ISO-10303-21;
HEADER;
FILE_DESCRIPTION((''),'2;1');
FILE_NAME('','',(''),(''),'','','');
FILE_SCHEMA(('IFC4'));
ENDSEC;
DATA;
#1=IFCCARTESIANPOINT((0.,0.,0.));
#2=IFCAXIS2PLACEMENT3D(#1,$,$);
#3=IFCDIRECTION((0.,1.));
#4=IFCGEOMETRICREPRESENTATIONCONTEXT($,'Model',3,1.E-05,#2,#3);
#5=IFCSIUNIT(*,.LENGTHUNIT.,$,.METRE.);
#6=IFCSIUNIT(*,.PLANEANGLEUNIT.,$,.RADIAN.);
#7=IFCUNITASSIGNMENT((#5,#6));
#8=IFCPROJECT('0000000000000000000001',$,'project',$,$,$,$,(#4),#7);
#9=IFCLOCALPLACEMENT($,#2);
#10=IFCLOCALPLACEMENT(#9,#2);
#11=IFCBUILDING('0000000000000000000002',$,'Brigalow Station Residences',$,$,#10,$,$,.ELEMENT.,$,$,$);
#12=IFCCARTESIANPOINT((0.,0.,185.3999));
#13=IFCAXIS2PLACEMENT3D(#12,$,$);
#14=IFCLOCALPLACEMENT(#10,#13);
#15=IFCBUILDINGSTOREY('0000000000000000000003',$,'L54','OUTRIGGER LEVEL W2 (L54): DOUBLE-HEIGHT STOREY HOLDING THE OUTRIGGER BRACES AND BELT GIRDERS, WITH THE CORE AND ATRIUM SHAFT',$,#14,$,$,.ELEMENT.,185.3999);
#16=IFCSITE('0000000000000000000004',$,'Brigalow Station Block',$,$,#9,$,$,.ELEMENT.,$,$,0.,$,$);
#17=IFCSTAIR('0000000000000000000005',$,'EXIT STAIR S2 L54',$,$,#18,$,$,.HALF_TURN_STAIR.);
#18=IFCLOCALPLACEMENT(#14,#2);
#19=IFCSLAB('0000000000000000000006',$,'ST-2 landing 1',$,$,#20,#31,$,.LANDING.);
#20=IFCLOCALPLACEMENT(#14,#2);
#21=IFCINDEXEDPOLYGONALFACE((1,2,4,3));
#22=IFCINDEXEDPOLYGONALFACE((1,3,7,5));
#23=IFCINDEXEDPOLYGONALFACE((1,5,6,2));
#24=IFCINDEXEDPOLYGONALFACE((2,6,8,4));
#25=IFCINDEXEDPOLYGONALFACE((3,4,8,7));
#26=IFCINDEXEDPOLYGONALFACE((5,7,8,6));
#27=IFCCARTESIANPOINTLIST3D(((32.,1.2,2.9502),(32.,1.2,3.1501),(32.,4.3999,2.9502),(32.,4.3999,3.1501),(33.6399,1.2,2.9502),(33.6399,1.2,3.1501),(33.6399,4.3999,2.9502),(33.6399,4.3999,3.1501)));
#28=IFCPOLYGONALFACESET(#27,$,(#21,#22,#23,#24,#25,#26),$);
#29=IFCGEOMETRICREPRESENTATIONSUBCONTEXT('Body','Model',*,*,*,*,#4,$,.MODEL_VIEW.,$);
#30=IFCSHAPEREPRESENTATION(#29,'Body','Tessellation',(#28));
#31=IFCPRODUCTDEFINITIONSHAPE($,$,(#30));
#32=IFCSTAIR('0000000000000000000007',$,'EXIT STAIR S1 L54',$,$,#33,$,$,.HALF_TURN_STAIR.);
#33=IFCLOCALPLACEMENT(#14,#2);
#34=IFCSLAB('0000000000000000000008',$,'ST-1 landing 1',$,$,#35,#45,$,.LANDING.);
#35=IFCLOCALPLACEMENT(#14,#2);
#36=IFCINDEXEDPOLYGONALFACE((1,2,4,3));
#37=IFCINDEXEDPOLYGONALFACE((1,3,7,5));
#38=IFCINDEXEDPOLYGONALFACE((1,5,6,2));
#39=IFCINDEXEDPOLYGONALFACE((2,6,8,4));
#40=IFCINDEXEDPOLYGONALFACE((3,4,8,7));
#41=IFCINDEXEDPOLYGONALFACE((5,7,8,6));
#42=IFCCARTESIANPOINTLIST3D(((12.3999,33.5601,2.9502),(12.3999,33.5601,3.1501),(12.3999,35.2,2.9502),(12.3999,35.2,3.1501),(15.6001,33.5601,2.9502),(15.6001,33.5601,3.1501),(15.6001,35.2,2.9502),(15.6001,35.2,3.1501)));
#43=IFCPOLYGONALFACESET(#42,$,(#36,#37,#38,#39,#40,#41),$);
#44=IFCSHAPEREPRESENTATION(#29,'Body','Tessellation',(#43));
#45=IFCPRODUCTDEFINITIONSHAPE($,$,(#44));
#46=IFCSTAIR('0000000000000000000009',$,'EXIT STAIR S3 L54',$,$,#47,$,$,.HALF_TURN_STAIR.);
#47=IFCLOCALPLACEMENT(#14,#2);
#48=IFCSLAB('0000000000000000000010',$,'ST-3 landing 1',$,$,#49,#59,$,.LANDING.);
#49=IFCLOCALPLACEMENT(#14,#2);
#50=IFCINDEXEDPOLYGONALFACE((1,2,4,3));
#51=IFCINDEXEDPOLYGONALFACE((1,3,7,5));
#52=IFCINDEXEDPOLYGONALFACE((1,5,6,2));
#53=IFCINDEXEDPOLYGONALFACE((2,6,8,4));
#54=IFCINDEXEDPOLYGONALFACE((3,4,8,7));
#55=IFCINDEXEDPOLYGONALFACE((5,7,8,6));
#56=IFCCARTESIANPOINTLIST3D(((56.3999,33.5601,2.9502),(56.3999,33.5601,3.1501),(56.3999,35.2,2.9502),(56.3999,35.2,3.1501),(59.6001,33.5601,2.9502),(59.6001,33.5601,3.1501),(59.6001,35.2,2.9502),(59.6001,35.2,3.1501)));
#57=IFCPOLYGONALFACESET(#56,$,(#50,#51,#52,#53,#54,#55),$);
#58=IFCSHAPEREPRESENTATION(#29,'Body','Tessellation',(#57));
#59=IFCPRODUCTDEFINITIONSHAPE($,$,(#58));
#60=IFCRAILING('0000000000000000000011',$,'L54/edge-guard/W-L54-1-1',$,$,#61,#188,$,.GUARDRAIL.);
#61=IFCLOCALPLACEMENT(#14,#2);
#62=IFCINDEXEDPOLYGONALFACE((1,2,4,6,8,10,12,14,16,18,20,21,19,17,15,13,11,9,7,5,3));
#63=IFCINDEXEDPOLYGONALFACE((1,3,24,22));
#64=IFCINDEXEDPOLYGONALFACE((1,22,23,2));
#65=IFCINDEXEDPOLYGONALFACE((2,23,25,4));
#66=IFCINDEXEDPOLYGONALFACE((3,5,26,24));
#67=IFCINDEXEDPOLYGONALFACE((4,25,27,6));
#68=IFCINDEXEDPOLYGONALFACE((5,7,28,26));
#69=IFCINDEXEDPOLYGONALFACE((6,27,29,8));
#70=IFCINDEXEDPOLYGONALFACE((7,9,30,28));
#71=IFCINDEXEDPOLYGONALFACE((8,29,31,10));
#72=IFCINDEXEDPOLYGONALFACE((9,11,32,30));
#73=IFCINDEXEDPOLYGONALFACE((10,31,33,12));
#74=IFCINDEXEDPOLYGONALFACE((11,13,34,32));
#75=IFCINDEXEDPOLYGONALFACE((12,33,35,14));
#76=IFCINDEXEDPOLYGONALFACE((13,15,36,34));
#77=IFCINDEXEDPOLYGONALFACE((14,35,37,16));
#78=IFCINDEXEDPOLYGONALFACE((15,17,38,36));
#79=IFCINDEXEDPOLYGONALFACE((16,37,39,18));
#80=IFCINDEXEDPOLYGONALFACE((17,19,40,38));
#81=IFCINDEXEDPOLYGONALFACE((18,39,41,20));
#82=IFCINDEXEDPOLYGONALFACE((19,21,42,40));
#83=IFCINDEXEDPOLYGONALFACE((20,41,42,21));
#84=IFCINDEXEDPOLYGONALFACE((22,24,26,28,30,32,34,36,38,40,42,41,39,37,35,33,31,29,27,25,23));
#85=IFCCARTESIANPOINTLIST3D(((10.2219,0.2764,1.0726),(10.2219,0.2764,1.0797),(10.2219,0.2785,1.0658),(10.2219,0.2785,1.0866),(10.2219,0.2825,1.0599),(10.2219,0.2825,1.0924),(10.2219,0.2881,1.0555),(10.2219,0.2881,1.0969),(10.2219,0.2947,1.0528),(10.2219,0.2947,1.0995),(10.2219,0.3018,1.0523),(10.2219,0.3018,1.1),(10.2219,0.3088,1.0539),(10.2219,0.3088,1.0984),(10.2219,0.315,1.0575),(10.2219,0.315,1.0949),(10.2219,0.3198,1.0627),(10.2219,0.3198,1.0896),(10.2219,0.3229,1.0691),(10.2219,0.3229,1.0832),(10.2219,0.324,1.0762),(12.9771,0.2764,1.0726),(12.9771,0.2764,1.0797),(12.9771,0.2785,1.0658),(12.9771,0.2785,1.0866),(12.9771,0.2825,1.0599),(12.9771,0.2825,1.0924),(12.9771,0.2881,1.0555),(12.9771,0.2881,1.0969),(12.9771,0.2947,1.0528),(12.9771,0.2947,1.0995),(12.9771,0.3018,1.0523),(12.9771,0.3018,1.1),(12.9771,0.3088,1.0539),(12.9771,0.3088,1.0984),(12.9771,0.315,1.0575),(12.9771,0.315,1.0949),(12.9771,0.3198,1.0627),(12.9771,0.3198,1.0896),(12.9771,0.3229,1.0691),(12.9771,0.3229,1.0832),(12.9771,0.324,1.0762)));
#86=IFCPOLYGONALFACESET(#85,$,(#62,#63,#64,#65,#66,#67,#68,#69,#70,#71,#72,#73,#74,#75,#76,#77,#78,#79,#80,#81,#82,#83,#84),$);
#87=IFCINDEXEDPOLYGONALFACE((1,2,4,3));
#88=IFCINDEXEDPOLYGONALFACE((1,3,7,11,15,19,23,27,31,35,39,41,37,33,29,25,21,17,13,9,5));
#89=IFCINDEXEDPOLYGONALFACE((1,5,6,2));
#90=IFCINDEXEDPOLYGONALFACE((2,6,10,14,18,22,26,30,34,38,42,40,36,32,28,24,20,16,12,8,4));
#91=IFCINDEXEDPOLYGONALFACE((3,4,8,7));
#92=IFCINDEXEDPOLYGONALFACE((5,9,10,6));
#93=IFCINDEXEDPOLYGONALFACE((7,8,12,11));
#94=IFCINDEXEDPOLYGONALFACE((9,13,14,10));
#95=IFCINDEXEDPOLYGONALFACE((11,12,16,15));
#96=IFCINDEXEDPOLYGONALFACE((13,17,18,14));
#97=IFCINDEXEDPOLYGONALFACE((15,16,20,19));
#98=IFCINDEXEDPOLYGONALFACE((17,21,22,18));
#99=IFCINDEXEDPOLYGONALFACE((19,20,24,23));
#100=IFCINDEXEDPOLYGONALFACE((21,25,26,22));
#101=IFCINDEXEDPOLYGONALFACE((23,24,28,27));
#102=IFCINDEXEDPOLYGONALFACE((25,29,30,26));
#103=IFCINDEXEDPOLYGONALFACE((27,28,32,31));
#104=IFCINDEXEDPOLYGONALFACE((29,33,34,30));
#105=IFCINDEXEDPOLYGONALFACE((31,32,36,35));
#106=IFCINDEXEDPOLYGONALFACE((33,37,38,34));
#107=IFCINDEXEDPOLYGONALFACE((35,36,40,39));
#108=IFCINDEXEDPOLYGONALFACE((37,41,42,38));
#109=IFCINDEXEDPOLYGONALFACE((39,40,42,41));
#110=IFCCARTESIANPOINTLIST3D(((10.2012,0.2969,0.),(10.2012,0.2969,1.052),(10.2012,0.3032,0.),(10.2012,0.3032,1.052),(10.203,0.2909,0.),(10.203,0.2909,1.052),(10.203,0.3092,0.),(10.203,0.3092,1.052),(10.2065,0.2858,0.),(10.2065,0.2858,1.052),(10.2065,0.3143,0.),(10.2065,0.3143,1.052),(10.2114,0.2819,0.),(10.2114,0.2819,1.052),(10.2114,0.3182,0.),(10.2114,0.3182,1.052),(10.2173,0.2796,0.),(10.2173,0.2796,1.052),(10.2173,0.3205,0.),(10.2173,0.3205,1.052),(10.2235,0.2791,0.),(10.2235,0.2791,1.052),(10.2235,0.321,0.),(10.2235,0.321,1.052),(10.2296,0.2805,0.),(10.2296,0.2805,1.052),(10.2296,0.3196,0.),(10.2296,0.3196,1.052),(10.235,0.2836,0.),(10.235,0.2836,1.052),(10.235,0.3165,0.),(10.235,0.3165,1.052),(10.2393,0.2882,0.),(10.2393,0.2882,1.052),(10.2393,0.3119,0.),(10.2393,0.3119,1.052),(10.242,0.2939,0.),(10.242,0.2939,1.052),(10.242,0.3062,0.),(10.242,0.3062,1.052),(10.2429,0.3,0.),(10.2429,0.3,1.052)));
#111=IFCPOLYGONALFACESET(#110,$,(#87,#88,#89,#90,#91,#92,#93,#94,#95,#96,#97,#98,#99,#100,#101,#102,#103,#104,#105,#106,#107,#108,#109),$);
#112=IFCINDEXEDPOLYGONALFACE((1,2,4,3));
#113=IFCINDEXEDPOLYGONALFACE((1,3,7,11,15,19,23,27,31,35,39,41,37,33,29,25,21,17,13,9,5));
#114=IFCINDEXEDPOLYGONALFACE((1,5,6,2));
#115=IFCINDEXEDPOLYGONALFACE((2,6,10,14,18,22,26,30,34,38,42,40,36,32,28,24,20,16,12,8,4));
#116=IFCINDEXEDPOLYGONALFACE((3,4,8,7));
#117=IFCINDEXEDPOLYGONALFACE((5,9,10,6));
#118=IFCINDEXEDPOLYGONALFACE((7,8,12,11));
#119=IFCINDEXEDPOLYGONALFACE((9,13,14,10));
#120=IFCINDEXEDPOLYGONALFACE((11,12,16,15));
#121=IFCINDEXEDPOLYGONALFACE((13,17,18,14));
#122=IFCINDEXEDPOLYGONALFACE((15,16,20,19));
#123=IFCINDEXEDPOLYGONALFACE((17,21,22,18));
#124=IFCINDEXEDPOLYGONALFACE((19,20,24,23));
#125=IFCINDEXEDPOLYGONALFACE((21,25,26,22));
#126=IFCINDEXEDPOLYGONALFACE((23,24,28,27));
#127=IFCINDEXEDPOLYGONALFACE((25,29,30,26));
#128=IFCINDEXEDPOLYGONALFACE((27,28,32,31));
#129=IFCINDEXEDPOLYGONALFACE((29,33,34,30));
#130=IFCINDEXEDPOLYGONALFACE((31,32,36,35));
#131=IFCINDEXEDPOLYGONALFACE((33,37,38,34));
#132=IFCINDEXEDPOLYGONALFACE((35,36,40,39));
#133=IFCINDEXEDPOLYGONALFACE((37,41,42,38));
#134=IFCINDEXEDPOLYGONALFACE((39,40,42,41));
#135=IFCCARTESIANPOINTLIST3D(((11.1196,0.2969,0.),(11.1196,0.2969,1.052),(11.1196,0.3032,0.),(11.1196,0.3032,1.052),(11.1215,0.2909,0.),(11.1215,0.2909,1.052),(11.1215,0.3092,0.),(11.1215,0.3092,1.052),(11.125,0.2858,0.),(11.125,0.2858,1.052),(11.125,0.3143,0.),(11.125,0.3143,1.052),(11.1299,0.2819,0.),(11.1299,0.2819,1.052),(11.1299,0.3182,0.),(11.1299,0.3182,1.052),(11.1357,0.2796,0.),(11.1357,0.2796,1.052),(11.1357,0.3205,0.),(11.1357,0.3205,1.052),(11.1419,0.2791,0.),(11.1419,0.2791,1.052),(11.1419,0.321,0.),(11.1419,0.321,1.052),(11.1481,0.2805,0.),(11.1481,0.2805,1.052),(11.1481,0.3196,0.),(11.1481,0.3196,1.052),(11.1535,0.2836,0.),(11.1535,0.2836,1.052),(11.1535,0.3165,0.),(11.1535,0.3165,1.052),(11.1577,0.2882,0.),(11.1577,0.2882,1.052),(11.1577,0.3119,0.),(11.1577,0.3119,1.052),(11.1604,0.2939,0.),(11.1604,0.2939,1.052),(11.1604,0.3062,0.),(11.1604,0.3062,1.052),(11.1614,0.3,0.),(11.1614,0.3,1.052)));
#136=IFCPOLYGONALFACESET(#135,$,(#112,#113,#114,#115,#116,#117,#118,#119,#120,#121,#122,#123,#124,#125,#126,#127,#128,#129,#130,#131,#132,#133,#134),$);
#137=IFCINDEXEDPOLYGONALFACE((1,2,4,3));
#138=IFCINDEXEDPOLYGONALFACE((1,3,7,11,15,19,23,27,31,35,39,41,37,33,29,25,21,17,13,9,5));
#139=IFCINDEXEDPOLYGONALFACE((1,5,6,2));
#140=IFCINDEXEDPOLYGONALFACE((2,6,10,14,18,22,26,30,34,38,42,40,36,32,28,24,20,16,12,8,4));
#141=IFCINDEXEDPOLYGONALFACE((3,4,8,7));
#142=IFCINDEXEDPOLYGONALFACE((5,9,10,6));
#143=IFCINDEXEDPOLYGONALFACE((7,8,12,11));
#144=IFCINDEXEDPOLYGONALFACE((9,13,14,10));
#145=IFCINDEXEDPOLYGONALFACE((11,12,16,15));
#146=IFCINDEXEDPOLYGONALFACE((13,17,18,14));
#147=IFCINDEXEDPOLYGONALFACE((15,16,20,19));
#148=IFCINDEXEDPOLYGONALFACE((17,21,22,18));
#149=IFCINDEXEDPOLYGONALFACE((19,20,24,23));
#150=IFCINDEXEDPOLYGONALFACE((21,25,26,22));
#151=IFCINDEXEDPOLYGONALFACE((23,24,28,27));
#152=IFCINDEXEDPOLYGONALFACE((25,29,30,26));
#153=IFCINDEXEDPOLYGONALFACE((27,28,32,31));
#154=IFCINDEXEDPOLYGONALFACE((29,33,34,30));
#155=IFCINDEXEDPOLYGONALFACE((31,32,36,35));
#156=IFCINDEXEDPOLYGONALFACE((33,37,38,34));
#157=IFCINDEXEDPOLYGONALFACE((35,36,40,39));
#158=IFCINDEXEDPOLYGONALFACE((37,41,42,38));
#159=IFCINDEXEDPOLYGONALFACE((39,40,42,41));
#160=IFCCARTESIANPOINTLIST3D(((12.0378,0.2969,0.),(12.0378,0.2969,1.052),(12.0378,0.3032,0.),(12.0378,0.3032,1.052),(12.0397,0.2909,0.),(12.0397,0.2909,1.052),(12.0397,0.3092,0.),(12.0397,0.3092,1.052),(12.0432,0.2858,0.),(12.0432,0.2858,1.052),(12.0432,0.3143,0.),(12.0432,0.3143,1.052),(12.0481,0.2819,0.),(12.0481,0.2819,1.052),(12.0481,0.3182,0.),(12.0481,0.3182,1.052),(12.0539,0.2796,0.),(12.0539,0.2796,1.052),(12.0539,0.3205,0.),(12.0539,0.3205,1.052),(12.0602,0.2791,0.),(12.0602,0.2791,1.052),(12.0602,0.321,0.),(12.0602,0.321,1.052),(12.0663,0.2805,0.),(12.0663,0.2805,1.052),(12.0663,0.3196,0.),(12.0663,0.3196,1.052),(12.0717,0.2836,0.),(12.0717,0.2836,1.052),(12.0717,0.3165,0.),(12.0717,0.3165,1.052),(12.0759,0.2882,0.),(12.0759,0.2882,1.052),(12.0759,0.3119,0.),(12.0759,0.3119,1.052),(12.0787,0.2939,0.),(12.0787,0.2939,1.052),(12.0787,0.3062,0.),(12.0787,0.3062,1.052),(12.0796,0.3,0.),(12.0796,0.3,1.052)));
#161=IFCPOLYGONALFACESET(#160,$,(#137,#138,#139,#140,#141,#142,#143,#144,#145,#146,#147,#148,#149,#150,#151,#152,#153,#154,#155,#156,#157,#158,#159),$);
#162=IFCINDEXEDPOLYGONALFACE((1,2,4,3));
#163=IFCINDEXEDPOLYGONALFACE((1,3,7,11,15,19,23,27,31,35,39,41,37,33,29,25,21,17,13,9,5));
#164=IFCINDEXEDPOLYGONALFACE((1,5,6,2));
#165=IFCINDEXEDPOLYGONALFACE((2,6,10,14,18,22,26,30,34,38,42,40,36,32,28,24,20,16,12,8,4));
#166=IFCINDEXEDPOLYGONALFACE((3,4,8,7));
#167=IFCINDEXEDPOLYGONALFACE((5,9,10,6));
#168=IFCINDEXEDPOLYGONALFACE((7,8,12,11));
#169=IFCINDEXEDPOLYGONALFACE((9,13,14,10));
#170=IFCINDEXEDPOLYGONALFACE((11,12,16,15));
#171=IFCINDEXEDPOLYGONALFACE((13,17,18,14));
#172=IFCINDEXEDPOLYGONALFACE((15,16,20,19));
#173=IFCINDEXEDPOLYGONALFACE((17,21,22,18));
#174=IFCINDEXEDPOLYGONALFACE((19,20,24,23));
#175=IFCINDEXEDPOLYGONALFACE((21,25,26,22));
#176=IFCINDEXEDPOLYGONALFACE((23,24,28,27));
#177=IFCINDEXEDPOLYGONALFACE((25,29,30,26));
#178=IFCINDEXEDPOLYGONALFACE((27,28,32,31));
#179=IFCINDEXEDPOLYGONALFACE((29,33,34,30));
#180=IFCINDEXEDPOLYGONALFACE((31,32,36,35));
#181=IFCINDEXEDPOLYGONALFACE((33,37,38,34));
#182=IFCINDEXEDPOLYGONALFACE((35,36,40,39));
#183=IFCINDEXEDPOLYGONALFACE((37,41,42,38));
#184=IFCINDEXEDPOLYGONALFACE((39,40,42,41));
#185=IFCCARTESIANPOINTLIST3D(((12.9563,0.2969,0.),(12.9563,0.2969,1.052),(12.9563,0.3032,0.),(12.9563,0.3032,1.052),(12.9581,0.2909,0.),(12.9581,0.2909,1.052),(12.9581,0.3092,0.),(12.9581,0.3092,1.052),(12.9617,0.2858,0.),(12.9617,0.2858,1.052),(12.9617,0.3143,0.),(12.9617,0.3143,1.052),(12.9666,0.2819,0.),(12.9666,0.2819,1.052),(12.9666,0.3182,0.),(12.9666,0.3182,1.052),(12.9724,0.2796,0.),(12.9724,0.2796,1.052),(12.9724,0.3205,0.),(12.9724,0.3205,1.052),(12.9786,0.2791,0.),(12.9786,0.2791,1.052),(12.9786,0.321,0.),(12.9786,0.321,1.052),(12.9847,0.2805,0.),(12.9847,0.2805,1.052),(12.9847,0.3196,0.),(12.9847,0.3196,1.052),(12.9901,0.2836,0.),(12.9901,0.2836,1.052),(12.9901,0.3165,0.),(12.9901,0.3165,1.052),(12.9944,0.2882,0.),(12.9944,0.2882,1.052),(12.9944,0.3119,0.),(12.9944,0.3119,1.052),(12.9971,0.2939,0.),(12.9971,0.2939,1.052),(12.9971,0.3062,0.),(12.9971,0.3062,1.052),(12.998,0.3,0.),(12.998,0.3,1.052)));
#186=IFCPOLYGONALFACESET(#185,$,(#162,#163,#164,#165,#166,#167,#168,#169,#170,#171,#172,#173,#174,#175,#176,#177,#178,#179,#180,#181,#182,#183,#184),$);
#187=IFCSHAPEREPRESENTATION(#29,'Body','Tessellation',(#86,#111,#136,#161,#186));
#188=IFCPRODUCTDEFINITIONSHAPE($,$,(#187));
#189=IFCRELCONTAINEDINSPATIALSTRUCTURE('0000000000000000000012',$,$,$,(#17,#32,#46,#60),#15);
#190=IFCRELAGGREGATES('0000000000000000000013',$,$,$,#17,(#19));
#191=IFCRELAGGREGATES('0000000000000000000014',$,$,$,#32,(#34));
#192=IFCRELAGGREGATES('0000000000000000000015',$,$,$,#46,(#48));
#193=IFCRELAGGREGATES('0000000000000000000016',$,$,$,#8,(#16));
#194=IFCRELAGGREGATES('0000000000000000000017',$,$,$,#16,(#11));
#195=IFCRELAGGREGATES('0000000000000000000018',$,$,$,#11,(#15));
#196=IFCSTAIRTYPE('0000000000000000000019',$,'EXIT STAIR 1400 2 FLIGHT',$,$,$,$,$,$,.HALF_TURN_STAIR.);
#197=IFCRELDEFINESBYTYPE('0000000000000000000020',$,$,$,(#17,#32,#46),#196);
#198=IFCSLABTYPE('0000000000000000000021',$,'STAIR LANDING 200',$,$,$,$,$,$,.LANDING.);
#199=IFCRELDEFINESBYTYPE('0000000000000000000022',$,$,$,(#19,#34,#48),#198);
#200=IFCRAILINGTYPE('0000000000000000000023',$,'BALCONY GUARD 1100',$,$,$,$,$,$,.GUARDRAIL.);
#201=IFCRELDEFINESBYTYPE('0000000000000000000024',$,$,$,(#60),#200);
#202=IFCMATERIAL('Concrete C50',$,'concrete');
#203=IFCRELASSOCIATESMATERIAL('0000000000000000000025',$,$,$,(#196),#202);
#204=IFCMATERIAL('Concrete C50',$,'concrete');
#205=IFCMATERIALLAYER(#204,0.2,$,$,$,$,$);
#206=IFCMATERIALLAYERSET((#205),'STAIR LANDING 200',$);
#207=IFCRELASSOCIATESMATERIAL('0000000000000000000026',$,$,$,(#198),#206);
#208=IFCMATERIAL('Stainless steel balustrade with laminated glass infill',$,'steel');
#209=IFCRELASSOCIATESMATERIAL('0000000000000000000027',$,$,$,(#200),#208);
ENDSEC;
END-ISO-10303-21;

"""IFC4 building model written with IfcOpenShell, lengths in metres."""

from ifc_helpers import new_model, si_unit, direction, frame, origin, origin_2d, place, context, subcontext, project, spatial, polyline, circle, outline, extrude, material, layer, layer_set, type_object, element, aggregate, save


model = new_model("IFC4")

# Units and contexts
model_context = context("Model", 3, precision=1e-05, world=origin(), true_north=direction((0.0, 1.0)))
body_context = subcontext(model_context, "Body", "Model", "MODEL_VIEW")
ifc_project = project(units=[si_unit("LENGTHUNIT", "METRE"), si_unit("PLANEANGLEUNIT", "RADIAN")], contexts=[model_context])

# Site, building, storey
site_placement = place(None, origin())
site = spatial("IfcSite", under=ifc_project, at=site_placement, Name="Brigalow Station Block", CompositionType="ELEMENT", RefElevation=0.0)
building_placement = place(site_placement, origin())
building = spatial("IfcBuilding", under=site, at=building_placement, Name="Brigalow Station Residences", CompositionType="ELEMENT")
storey_placement = place(building_placement, frame((0.0, 0.0, 185.3999)))
storey = spatial("IfcBuildingStorey", under=building, at=storey_placement, Name="L54", Description="OUTRIGGER LEVEL W2 (L54): DOUBLE-HEIGHT STOREY HOLDING THE OUTRIGGER BRACES AND BELT GIRDERS, WITH THE CORE AND ATRIUM SHAFT", CompositionType="ELEMENT", Elevation=185.3999)

# Stairs, slabs
ifc_material_1 = material(Name="Concrete C50", Category="concrete")
stair_type = type_object("IfcStairType", Name="EXIT STAIR 1400 2 FLIGHT", PredefinedType="HALF_TURN_STAIR", material=ifc_material_1)
stair_1_placement = place(storey_placement, origin())
stair_1 = element("IfcStair", 1, at=stair_1_placement, inside=storey, type_object=stair_type, Name="EXIT STAIR S2 L54", PredefinedType="HALF_TURN_STAIR")
ifc_material_2 = material(Name="Concrete C50", Category="concrete")
ifc_layer_1 = layer(ifc_material_2, 0.2)
ifc_layer_set_1 = layer_set([ifc_layer_1], Name="STAIR LANDING 200")
slab_type_1 = type_object("IfcSlabType", Name="STAIR LANDING 200", PredefinedType="LANDING", material=ifc_layer_set_1)
slab_1_placement = place(storey_placement, frame((0.0, 0.0, 2.9502)))
slab_1 = element("IfcSlab", 2, at=slab_1_placement, type_object=slab_type_1, Name="ST-2 landing 1", PredefinedType="LANDING", context=body_context, shape_type="SweptSolid", body=[
    extrude(outline(polyline([(32.0, 1.2), (33.6399, 1.2), (33.6399, 4.3999), (32.0, 4.3999), (32.0, 1.2)])), origin(), (0.0, 0.0, 1.0), 0.2),
])
aggregate(stair_1, [slab_1])
stair_2_placement = place(storey_placement, origin())
stair_2 = element("IfcStair", 3, at=stair_2_placement, inside=storey, type_object=stair_type, Name="EXIT STAIR S1 L54", PredefinedType="HALF_TURN_STAIR")
slab_2_placement = place(storey_placement, frame((0.0, 0.0, 2.9502)))
slab_2 = element("IfcSlab", 4, at=slab_2_placement, type_object=slab_type_1, Name="ST-1 landing 1", PredefinedType="LANDING", context=body_context, shape_type="SweptSolid", body=[
    extrude(outline(polyline([(12.3999, 33.5601), (15.6001, 33.5601), (15.6001, 35.2), (12.3999, 35.2), (12.3999, 33.5601)])), origin(), (0.0, 0.0, 1.0), 0.2),
])
aggregate(stair_2, [slab_2])
stair_3_placement = place(storey_placement, origin())
stair_3 = element("IfcStair", 5, at=stair_3_placement, inside=storey, type_object=stair_type, Name="EXIT STAIR S3 L54", PredefinedType="HALF_TURN_STAIR")
slab_3_placement = place(storey_placement, frame((0.0, 0.0, 2.9502)))
slab_3 = element("IfcSlab", 6, at=slab_3_placement, type_object=slab_type_1, Name="ST-3 landing 1", PredefinedType="LANDING", context=body_context, shape_type="SweptSolid", body=[
    extrude(outline(polyline([(56.3999, 33.5601), (59.6001, 33.5601), (59.6001, 35.2), (56.3999, 35.2), (56.3999, 33.5601)])), origin(), (0.0, 0.0, 1.0), 0.2),
])
aggregate(stair_3, [slab_3])

# Railing
ifc_material_3 = material(Name="Stainless steel balustrade with laminated glass infill", Category="steel")
railing_type = type_object("IfcRailingType", Name="BALCONY GUARD 1100", PredefinedType="GUARDRAIL", material=ifc_material_3)
railing_1_placement = place(storey_placement, frame((10.2219, 0.3, 0.0)))
element("IfcRailing", 7, at=railing_1_placement, inside=storey, type_object=railing_type, Name="L54/edge-guard/W-L54-1-1", PredefinedType="GUARDRAIL", context=body_context, shape_type="SweptSolid", body=[
    extrude(circle(Radius=0.0239, at=origin_2d()), frame((0.0, 0.0, 1.0762), z_axis=(1.0, 0.0, 0.0), x_axis=(0.0, 1.0, 0.0)), (0.0, 0.0, 1.0), 2.7551),
    extrude(circle(Radius=0.021, at=origin_2d()), origin(), (0.0, 0.0, 1.0), 1.052),
    extrude(circle(Radius=0.021, at=origin_2d()), frame((0.9185, 0.0, 0.0)), (0.0, 0.0, 1.0), 1.052),
    extrude(circle(Radius=0.021, at=origin_2d()), frame((1.8367, 0.0, 0.0)), (0.0, 0.0, 1.0), 1.052),
    extrude(circle(Radius=0.021, at=origin_2d()), frame((2.7551, 0.0, 0.0)), (0.0, 0.0, 1.0), 1.052),
])

save(model, "model.ifc")
